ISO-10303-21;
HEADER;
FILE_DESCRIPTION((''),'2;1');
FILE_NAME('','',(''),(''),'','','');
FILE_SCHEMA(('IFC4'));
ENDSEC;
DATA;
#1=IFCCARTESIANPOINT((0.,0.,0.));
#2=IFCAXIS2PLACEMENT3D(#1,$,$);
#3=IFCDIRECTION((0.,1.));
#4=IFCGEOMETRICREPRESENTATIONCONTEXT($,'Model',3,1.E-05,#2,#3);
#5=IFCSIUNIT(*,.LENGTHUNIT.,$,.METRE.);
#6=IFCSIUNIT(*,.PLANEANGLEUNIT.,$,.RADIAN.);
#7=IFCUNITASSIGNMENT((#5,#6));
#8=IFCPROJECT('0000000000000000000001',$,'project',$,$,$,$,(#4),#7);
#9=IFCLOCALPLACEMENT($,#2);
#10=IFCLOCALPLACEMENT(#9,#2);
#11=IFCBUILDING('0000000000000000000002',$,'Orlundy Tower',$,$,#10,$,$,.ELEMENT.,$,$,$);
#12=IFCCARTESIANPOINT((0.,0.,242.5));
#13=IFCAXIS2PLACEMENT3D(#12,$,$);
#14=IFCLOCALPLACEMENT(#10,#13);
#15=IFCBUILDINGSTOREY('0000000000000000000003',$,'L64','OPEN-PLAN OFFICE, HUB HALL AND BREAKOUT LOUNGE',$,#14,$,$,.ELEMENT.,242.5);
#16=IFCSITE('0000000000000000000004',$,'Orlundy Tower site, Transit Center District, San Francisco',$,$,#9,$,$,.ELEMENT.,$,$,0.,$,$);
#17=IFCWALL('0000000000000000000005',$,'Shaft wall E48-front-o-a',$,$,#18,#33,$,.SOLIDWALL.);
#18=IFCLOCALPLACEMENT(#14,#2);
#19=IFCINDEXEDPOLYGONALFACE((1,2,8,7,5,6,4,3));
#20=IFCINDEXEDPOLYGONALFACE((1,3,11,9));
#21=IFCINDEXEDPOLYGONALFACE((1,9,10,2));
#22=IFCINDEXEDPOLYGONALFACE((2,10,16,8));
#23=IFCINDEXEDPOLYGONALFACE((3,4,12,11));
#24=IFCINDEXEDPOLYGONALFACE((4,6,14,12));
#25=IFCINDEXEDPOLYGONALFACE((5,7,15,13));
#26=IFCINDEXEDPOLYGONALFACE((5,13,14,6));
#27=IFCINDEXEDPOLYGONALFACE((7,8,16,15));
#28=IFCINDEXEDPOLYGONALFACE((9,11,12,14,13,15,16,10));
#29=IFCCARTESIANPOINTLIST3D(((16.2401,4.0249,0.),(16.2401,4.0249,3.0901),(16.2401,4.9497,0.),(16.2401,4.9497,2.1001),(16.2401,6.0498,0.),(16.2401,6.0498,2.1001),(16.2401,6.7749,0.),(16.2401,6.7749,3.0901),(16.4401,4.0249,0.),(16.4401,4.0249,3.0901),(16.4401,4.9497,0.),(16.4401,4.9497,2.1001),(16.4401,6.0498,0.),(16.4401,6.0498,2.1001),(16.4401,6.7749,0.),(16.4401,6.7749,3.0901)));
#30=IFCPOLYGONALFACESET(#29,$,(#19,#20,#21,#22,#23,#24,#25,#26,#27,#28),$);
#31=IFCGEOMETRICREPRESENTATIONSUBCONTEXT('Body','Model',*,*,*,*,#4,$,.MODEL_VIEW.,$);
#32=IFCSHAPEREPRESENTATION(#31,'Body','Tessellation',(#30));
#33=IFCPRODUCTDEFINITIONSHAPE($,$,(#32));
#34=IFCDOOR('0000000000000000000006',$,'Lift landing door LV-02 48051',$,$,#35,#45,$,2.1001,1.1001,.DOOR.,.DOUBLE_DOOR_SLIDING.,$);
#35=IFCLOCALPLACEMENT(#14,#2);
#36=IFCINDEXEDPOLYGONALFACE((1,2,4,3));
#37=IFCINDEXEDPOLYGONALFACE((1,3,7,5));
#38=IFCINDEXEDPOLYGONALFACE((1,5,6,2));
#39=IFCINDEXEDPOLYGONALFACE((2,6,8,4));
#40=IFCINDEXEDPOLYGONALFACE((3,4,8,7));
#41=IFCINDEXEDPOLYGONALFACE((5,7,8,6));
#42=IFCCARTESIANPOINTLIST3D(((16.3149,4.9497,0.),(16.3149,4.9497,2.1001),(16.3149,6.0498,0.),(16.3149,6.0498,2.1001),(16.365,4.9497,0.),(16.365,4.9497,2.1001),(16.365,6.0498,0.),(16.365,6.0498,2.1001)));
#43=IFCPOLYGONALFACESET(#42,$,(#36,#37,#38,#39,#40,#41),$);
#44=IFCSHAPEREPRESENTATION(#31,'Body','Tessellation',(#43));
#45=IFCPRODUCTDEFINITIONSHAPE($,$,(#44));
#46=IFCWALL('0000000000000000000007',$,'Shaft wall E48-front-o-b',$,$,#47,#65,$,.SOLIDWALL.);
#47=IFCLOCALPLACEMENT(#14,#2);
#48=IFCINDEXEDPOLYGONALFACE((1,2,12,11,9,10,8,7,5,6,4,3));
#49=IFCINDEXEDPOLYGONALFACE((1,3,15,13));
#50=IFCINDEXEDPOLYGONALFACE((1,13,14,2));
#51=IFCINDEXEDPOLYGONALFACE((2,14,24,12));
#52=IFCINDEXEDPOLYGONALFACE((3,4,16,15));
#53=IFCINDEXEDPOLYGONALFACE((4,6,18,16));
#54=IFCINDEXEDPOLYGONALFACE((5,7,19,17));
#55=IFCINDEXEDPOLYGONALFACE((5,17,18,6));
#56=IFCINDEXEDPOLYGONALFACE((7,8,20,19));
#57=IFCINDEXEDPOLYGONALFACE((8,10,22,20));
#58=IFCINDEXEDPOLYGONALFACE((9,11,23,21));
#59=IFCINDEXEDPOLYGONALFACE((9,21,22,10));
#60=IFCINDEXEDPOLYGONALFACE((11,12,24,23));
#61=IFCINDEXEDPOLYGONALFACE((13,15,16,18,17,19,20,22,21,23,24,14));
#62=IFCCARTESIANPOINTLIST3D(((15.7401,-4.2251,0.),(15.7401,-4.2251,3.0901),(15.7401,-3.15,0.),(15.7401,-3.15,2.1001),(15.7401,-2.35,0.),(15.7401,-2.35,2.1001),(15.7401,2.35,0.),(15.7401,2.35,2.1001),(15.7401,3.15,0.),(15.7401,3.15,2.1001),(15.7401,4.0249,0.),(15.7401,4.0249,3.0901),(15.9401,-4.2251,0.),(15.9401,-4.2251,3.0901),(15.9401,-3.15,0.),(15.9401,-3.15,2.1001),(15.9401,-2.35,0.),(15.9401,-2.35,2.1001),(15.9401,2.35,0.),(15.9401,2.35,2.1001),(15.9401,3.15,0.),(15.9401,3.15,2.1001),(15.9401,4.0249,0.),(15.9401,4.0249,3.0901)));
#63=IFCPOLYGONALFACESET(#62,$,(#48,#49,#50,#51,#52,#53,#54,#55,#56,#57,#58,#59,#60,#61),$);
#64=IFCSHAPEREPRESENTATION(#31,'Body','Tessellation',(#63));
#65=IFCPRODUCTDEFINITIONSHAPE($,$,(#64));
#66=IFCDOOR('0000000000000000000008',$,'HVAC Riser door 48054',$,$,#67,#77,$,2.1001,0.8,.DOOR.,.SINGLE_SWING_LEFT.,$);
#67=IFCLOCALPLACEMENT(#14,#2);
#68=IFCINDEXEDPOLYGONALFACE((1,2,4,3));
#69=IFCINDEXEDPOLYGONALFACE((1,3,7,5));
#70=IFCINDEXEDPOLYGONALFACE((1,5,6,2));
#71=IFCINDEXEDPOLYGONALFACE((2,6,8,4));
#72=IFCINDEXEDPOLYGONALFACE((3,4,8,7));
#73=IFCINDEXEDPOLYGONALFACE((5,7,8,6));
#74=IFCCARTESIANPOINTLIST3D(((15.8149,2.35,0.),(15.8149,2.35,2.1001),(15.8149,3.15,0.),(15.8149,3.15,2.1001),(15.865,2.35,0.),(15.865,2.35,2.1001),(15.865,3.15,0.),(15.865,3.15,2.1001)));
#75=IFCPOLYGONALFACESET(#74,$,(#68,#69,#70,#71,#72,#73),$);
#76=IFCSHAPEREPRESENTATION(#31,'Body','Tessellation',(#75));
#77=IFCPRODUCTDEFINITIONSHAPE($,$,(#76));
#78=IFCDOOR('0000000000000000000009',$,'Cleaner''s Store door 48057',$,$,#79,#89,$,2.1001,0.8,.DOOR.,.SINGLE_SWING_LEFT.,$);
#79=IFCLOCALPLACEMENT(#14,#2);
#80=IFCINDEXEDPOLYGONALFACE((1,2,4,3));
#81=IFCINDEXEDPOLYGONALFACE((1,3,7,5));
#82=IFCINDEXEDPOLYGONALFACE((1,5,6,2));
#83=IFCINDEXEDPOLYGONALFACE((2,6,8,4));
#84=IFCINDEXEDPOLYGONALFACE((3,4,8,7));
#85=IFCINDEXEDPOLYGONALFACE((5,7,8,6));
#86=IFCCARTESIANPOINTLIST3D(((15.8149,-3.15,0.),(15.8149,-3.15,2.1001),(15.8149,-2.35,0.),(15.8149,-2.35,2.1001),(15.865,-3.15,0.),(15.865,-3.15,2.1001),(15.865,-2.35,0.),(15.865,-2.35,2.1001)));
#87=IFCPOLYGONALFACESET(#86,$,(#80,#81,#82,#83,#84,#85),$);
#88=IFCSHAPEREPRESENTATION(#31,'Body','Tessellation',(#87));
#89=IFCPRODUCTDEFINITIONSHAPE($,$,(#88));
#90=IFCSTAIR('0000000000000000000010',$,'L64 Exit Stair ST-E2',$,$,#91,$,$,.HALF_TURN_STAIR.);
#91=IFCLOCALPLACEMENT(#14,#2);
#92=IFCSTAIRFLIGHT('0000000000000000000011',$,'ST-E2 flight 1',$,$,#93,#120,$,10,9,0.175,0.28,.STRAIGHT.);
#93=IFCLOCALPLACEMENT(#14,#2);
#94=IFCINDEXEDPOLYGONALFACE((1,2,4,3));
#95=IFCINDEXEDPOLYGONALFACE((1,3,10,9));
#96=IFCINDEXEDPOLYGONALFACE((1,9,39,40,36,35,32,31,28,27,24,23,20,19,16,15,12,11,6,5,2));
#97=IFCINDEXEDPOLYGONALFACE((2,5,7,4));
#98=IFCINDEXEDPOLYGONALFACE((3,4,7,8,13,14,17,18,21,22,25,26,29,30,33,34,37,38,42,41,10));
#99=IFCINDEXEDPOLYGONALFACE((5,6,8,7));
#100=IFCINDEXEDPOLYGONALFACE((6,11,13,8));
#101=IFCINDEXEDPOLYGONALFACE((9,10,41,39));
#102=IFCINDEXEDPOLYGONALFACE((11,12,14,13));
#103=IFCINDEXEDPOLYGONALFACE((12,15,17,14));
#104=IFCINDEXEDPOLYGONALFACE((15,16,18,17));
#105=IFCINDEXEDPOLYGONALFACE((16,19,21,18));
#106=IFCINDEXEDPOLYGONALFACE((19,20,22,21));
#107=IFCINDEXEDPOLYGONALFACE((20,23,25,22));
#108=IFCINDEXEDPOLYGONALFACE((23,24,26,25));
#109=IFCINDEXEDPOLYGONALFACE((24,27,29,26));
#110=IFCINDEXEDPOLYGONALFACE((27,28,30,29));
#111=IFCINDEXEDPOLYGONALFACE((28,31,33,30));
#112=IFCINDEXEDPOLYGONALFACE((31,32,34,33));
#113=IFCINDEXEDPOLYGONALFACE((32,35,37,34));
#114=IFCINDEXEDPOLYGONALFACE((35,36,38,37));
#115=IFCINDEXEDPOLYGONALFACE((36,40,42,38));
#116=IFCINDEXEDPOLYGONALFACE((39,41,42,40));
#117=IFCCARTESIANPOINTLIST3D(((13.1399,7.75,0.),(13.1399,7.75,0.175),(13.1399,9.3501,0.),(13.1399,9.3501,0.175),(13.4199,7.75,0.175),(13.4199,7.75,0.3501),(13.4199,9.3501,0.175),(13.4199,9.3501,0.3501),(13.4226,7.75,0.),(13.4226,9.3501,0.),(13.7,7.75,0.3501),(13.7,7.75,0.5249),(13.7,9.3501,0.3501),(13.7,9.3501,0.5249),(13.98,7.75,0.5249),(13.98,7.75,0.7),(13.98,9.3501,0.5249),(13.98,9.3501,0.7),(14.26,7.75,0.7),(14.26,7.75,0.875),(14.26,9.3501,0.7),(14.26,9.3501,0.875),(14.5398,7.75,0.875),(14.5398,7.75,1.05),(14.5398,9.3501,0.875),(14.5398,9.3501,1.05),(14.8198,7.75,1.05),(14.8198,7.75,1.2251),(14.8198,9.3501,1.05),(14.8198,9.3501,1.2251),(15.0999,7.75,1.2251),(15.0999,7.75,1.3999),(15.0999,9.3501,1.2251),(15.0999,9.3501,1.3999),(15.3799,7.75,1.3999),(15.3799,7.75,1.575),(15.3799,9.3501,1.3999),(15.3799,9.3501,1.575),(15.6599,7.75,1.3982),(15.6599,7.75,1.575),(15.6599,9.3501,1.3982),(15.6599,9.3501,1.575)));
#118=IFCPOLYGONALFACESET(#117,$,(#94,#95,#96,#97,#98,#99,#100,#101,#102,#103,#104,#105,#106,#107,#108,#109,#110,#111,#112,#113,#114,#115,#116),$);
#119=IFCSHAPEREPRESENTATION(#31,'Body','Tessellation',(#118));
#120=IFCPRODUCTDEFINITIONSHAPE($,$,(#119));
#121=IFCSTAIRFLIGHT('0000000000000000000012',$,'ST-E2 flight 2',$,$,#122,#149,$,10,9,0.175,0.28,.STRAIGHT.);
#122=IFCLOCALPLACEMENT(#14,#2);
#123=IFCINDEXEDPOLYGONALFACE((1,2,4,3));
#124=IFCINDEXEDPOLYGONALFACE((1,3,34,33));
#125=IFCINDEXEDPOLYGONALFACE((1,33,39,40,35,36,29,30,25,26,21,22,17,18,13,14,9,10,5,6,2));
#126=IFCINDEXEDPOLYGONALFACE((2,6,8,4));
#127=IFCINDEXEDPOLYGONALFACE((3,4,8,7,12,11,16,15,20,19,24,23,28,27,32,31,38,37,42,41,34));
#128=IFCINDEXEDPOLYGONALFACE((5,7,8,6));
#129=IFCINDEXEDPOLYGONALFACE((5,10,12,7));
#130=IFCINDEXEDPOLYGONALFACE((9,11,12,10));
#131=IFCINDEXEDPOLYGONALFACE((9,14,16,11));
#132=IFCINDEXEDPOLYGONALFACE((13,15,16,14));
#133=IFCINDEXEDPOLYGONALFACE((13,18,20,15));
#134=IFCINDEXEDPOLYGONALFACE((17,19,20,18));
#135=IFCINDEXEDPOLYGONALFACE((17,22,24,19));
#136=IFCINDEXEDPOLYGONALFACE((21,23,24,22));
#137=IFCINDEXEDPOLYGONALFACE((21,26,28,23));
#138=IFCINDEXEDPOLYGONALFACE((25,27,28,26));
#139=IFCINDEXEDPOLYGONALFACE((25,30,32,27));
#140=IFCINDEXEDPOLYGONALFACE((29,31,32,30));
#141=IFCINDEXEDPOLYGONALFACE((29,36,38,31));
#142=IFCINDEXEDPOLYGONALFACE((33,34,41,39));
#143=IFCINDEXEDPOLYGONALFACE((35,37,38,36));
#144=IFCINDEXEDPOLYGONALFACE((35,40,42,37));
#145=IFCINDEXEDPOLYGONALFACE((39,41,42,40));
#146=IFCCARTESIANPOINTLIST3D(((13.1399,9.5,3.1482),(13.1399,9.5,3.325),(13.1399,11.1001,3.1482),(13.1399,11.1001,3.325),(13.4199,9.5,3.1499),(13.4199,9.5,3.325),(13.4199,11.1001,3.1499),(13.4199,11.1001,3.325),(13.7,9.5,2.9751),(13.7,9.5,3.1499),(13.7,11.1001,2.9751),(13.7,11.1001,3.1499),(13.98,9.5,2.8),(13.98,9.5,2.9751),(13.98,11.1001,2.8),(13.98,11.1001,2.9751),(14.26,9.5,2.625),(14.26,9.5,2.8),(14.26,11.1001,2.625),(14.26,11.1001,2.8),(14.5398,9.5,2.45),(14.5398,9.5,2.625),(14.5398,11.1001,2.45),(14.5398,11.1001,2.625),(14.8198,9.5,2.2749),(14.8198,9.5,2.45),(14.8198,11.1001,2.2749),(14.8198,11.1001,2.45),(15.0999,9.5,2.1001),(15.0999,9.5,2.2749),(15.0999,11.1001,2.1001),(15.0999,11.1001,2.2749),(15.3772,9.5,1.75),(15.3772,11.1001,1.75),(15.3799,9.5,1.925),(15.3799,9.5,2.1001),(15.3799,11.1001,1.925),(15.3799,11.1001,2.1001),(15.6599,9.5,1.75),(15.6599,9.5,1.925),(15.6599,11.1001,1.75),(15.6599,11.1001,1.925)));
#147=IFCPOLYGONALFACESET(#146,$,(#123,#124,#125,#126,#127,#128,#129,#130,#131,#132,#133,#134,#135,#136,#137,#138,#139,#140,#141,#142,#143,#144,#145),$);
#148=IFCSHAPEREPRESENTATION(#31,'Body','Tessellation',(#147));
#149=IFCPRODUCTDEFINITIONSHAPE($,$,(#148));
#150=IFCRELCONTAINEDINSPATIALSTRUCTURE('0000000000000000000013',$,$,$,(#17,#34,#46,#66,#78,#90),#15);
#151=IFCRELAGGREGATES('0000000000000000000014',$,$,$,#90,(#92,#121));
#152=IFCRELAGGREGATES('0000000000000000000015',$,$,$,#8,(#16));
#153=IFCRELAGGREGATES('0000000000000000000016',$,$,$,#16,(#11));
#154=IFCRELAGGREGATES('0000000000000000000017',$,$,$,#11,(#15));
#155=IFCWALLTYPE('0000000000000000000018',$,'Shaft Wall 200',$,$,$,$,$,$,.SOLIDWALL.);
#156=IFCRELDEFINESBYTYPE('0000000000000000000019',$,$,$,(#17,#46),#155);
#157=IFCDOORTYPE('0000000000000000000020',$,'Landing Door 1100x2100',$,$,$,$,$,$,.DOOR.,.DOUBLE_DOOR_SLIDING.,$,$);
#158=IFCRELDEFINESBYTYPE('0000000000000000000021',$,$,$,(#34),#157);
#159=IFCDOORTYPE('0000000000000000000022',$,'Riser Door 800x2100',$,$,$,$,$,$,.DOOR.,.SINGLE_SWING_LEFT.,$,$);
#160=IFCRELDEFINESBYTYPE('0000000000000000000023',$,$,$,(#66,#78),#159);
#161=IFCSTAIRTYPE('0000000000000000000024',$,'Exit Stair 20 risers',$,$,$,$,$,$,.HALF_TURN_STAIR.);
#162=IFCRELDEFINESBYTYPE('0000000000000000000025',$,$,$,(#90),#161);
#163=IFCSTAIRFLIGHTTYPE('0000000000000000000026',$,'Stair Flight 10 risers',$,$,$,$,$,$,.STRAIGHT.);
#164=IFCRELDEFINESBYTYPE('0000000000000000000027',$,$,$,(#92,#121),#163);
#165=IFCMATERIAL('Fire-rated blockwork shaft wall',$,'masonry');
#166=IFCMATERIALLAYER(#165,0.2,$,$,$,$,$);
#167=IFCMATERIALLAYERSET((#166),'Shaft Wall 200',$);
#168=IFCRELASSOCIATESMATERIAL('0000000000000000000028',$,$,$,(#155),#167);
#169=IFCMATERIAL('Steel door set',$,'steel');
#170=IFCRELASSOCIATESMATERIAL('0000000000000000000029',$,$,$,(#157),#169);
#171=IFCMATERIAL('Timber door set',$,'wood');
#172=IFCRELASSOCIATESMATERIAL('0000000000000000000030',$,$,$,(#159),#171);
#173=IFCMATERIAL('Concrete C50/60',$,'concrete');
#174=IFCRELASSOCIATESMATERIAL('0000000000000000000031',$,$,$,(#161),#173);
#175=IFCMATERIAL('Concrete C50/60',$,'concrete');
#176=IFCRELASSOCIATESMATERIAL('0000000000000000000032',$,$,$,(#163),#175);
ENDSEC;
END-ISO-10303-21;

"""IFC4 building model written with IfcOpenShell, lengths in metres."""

from ifc_helpers import new_model, si_unit, direction, frame, frame_2d, origin, place, context, subcontext, project, spatial, polyline, rectangle, outline, extrude, material, layer, layer_set, type_object, element, fill, aggregate, save


model = new_model("IFC4")

# Units and contexts
model_context = context("Model", 3, precision=1e-05, world=origin(), true_north=direction((0.0, 1.0)))
body_context = subcontext(model_context, "Body", "Model", "MODEL_VIEW")
ifc_project = project(units=[si_unit("LENGTHUNIT", "METRE"), si_unit("PLANEANGLEUNIT", "RADIAN")], contexts=[model_context])

# Site, building, storey
site_placement = place(None, origin())
site = spatial("IfcSite", under=ifc_project, at=site_placement, Name="Orlundy Tower site, Transit Center District, San Francisco", CompositionType="ELEMENT", RefElevation=0.0)
building_placement = place(site_placement, origin())
building = spatial("IfcBuilding", under=site, at=building_placement, Name="Orlundy Tower", CompositionType="ELEMENT")
storey_placement = place(building_placement, frame((0.0, 0.0, 242.5)))
storey = spatial("IfcBuildingStorey", under=building, at=storey_placement, Name="L64", Description="OPEN-PLAN OFFICE, HUB HALL AND BREAKOUT LOUNGE", CompositionType="ELEMENT", Elevation=242.5)

# Shared definitions
ifc_material_1 = material(Name="Fire-rated blockwork shaft wall", Category="masonry")
ifc_layer_1 = layer(ifc_material_1, 0.2)
ifc_layer_set_1 = layer_set([ifc_layer_1], Name="Shaft Wall 200")
wall_type_1 = type_object("IfcWallType", Name="Shaft Wall 200", PredefinedType="SOLIDWALL", material=ifc_layer_set_1)

# Shared definitions
ifc_material_2 = material(Name="Steel door set", Category="steel")
door_type_1 = type_object("IfcDoorType", Name="Landing Door 1100x2100", OperationType="DOUBLE_DOOR_SLIDING", PredefinedType="DOOR", material=ifc_material_2)
ifc_material_3 = material(Name="Timber door set", Category="wood")
door_type_2 = type_object("IfcDoorType", Name="Riser Door 800x2100", OperationType="SINGLE_SWING_LEFT", PredefinedType="DOOR", material=ifc_material_3)

# Wall, opening, door
wall_1_placement = place(storey_placement, frame((16.3401, 6.7749, 0.0), z_axis=(0.0, 0.0, 1.0), x_axis=(0.0, -1.0, 0.0)))
wall_1 = element("IfcWall", 1, at=wall_1_placement, inside=storey, type_object=wall_type_1, Name="Shaft wall E48-front-o-a", PredefinedType="SOLIDWALL", context=body_context, shape_type="SweptSolid", body=[
    extrude(rectangle(XDim=2.75, YDim=0.2, at=frame_2d((1.375, 0.0))), origin(), (0.0, 0.0, 1.0), 3.0901),
])
opening_1_placement = place(wall_1_placement, frame((0.7251, 0.0, 0.0)))
opening_1 = element("IfcOpeningElement", 2, at=opening_1_placement, cuts=wall_1, PredefinedType="OPENING", context=body_context, shape_type="SweptSolid", body=[
    extrude(rectangle(XDim=1.1001, YDim=2.1001, at=frame_2d((0.55, 1.05))), frame((0.0, 0.1101, 0.0), z_axis=(0.0, -1.0, 0.0), x_axis=(1.0, 0.0, 0.0)), (0.0, 0.0, 1.0), 0.2202),
])
door_1_placement = place(opening_1_placement, origin())
door_1 = element("IfcDoor", 3, at=door_1_placement, inside=storey, type_object=door_type_1, Name="Lift landing door LV-02 48051", OperationType="DOUBLE_DOOR_SLIDING", OverallHeight=2.1001, OverallWidth=1.1001, PredefinedType="DOOR", context=body_context, shape_type="SweptSolid", body=[
    extrude(rectangle(XDim=1.1001, YDim=2.1001, at=frame_2d((0.55, 1.05))), frame((0.0, 0.0249, 0.0), z_axis=(0.0, -1.0, 0.0), x_axis=(1.0, 0.0, 0.0)), (0.0, 0.0, 1.0), 0.05),
])
fill(opening_1, door_1)

# Wall, openings, doors
wall_2_placement = place(storey_placement, frame((15.8401, 4.0249, 0.0), z_axis=(0.0, 0.0, 1.0), x_axis=(0.0, -1.0, 0.0)))
wall_2 = element("IfcWall", 4, at=wall_2_placement, inside=storey, type_object=wall_type_1, Name="Shaft wall E48-front-o-b", PredefinedType="SOLIDWALL", context=body_context, shape_type="SweptSolid", body=[
    extrude(rectangle(XDim=8.25, YDim=0.2, at=frame_2d((4.125, 0.0))), origin(), (0.0, 0.0, 1.0), 3.0901),
])
opening_2_placement = place(wall_2_placement, frame((0.875, 0.0, 0.0)))
opening_2 = element("IfcOpeningElement", 5, at=opening_2_placement, cuts=wall_2, PredefinedType="OPENING", context=body_context, shape_type="SweptSolid", body=[
    extrude(rectangle(XDim=0.8, YDim=2.1001, at=frame_2d((0.3999, 1.05))), frame((0.0, 0.1101, 0.0), z_axis=(0.0, -1.0, 0.0), x_axis=(1.0, 0.0, 0.0)), (0.0, 0.0, 1.0), 0.2202),
])
opening_3_placement = place(wall_2_placement, frame((6.375, 0.0, 0.0)))
opening_3 = element("IfcOpeningElement", 6, at=opening_3_placement, cuts=wall_2, PredefinedType="OPENING", context=body_context, shape_type="SweptSolid", body=[
    extrude(rectangle(XDim=0.8, YDim=2.1001, at=frame_2d((0.3999, 1.05))), frame((0.0, 0.1101, 0.0), z_axis=(0.0, -1.0, 0.0), x_axis=(1.0, 0.0, 0.0)), (0.0, 0.0, 1.0), 0.2202),
])
door_2_placement = place(opening_2_placement, origin())
door_2 = element("IfcDoor", 7, at=door_2_placement, inside=storey, type_object=door_type_2, Name="HVAC Riser door 48054", OperationType="SINGLE_SWING_LEFT", OverallHeight=2.1001, OverallWidth=0.8, PredefinedType="DOOR", context=body_context, shape_type="SweptSolid", body=[
    extrude(rectangle(XDim=0.8, YDim=2.1001, at=frame_2d((0.3999, 1.05))), frame((0.0, 0.0249, 0.0), z_axis=(0.0, -1.0, 0.0), x_axis=(1.0, 0.0, 0.0)), (0.0, 0.0, 1.0), 0.05),
])
fill(opening_2, door_2)
door_3_placement = place(opening_3_placement, origin())
door_3 = element("IfcDoor", 8, at=door_3_placement, inside=storey, type_object=door_type_2, Name="Cleaner's Store door 48057", OperationType="SINGLE_SWING_LEFT", OverallHeight=2.1001, OverallWidth=0.8, PredefinedType="DOOR", context=body_context, shape_type="SweptSolid", body=[
    extrude(rectangle(XDim=0.8, YDim=2.1001, at=frame_2d((0.3999, 1.05))), frame((0.0, 0.0249, 0.0), z_axis=(0.0, -1.0, 0.0), x_axis=(1.0, 0.0, 0.0)), (0.0, 0.0, 1.0), 0.05),
])
fill(opening_3, door_3)

# Stair, stair flights
ifc_material_4 = material(Name="Concrete C50/60", Category="concrete")
stair_type = type_object("IfcStairType", Name="Exit Stair 20 risers", PredefinedType="HALF_TURN_STAIR", material=ifc_material_4)
stair_placement = place(storey_placement, origin())
stair = element("IfcStair", 9, at=stair_placement, inside=storey, type_object=stair_type, Name="L64 Exit Stair ST-E2", PredefinedType="HALF_TURN_STAIR")
ifc_material_5 = material(Name="Concrete C50/60", Category="concrete")
stair_flight_type = type_object("IfcStairFlightType", Name="Stair Flight 10 risers", PredefinedType="STRAIGHT", material=ifc_material_5)
stair_flight_1_placement = place(storey_placement, frame((13.1399, 8.55, 0.0), z_axis=(0.0, 0.0, 1.0), x_axis=(1.0, 0.0, 0.0)))
stair_flight_1 = element("IfcStairFlight", 10, at=stair_flight_1_placement, type_object=stair_flight_type, Name="ST-E2 flight 1", NumberOfRisers=10, NumberOfTreads=9, PredefinedType="STRAIGHT", RiserHeight=0.175, TreadLength=0.28, context=body_context, shape_type="SweptSolid", body=[
    extrude(outline(polyline([(0.0, 0.0), (0.0, 0.175), (0.28, 0.175), (0.28, 0.3501), (0.5601, 0.3501), (0.5601, 0.5249), (0.8401, 0.5249), (0.8401, 0.7), (1.1201, 0.7), (1.1201, 0.875), (1.3999, 0.875), (1.3999, 1.05), (1.6799, 1.05), (1.6799, 1.2251), (1.96, 1.2251), (1.96, 1.3999), (2.24, 1.3999), (2.24, 1.575), (2.52, 1.575), (2.52, 1.75), (2.52, 1.3982), (0.2827, 0.0), (0.0, 0.0)])), frame((0.0, 0.8, 0.0), z_axis=(0.0, -1.0, 0.0), x_axis=(1.0, 0.0, 0.0)), (0.0, 0.0, 1.0), 1.6001),
])
stair_flight_2_placement = place(storey_placement, frame((15.6599, 10.3, 1.75), z_axis=(0.0, 0.0, 1.0), x_axis=(-1.0, 0.0, 0.0)))
stair_flight_2 = element("IfcStairFlight", 11, at=stair_flight_2_placement, type_object=stair_flight_type, Name="ST-E2 flight 2", NumberOfRisers=10, NumberOfTreads=9, PredefinedType="STRAIGHT", RiserHeight=0.175, TreadLength=0.28, context=body_context, shape_type="SweptSolid", body=[
    extrude(outline(polyline([(0.0, 0.0), (0.0, 0.175), (0.28, 0.175), (0.28, 0.3501), (0.5601, 0.3501), (0.5601, 0.5249), (0.8401, 0.5249), (0.8401, 0.7), (1.1201, 0.7), (1.1201, 0.875), (1.3999, 0.875), (1.3999, 1.05), (1.6799, 1.05), (1.6799, 1.2251), (1.96, 1.2251), (1.96, 1.3999), (2.24, 1.3999), (2.24, 1.575), (2.52, 1.575), (2.52, 1.75), (2.52, 1.3982), (0.2827, 0.0), (0.0, 0.0)])), frame((0.0, 0.8, 0.0), z_axis=(0.0, -1.0, 0.0), x_axis=(1.0, 0.0, 0.0)), (0.0, 0.0, 1.0), 1.6001),
])
aggregate(stair, [stair_flight_1, stair_flight_2])

save(model, "model.ifc")
